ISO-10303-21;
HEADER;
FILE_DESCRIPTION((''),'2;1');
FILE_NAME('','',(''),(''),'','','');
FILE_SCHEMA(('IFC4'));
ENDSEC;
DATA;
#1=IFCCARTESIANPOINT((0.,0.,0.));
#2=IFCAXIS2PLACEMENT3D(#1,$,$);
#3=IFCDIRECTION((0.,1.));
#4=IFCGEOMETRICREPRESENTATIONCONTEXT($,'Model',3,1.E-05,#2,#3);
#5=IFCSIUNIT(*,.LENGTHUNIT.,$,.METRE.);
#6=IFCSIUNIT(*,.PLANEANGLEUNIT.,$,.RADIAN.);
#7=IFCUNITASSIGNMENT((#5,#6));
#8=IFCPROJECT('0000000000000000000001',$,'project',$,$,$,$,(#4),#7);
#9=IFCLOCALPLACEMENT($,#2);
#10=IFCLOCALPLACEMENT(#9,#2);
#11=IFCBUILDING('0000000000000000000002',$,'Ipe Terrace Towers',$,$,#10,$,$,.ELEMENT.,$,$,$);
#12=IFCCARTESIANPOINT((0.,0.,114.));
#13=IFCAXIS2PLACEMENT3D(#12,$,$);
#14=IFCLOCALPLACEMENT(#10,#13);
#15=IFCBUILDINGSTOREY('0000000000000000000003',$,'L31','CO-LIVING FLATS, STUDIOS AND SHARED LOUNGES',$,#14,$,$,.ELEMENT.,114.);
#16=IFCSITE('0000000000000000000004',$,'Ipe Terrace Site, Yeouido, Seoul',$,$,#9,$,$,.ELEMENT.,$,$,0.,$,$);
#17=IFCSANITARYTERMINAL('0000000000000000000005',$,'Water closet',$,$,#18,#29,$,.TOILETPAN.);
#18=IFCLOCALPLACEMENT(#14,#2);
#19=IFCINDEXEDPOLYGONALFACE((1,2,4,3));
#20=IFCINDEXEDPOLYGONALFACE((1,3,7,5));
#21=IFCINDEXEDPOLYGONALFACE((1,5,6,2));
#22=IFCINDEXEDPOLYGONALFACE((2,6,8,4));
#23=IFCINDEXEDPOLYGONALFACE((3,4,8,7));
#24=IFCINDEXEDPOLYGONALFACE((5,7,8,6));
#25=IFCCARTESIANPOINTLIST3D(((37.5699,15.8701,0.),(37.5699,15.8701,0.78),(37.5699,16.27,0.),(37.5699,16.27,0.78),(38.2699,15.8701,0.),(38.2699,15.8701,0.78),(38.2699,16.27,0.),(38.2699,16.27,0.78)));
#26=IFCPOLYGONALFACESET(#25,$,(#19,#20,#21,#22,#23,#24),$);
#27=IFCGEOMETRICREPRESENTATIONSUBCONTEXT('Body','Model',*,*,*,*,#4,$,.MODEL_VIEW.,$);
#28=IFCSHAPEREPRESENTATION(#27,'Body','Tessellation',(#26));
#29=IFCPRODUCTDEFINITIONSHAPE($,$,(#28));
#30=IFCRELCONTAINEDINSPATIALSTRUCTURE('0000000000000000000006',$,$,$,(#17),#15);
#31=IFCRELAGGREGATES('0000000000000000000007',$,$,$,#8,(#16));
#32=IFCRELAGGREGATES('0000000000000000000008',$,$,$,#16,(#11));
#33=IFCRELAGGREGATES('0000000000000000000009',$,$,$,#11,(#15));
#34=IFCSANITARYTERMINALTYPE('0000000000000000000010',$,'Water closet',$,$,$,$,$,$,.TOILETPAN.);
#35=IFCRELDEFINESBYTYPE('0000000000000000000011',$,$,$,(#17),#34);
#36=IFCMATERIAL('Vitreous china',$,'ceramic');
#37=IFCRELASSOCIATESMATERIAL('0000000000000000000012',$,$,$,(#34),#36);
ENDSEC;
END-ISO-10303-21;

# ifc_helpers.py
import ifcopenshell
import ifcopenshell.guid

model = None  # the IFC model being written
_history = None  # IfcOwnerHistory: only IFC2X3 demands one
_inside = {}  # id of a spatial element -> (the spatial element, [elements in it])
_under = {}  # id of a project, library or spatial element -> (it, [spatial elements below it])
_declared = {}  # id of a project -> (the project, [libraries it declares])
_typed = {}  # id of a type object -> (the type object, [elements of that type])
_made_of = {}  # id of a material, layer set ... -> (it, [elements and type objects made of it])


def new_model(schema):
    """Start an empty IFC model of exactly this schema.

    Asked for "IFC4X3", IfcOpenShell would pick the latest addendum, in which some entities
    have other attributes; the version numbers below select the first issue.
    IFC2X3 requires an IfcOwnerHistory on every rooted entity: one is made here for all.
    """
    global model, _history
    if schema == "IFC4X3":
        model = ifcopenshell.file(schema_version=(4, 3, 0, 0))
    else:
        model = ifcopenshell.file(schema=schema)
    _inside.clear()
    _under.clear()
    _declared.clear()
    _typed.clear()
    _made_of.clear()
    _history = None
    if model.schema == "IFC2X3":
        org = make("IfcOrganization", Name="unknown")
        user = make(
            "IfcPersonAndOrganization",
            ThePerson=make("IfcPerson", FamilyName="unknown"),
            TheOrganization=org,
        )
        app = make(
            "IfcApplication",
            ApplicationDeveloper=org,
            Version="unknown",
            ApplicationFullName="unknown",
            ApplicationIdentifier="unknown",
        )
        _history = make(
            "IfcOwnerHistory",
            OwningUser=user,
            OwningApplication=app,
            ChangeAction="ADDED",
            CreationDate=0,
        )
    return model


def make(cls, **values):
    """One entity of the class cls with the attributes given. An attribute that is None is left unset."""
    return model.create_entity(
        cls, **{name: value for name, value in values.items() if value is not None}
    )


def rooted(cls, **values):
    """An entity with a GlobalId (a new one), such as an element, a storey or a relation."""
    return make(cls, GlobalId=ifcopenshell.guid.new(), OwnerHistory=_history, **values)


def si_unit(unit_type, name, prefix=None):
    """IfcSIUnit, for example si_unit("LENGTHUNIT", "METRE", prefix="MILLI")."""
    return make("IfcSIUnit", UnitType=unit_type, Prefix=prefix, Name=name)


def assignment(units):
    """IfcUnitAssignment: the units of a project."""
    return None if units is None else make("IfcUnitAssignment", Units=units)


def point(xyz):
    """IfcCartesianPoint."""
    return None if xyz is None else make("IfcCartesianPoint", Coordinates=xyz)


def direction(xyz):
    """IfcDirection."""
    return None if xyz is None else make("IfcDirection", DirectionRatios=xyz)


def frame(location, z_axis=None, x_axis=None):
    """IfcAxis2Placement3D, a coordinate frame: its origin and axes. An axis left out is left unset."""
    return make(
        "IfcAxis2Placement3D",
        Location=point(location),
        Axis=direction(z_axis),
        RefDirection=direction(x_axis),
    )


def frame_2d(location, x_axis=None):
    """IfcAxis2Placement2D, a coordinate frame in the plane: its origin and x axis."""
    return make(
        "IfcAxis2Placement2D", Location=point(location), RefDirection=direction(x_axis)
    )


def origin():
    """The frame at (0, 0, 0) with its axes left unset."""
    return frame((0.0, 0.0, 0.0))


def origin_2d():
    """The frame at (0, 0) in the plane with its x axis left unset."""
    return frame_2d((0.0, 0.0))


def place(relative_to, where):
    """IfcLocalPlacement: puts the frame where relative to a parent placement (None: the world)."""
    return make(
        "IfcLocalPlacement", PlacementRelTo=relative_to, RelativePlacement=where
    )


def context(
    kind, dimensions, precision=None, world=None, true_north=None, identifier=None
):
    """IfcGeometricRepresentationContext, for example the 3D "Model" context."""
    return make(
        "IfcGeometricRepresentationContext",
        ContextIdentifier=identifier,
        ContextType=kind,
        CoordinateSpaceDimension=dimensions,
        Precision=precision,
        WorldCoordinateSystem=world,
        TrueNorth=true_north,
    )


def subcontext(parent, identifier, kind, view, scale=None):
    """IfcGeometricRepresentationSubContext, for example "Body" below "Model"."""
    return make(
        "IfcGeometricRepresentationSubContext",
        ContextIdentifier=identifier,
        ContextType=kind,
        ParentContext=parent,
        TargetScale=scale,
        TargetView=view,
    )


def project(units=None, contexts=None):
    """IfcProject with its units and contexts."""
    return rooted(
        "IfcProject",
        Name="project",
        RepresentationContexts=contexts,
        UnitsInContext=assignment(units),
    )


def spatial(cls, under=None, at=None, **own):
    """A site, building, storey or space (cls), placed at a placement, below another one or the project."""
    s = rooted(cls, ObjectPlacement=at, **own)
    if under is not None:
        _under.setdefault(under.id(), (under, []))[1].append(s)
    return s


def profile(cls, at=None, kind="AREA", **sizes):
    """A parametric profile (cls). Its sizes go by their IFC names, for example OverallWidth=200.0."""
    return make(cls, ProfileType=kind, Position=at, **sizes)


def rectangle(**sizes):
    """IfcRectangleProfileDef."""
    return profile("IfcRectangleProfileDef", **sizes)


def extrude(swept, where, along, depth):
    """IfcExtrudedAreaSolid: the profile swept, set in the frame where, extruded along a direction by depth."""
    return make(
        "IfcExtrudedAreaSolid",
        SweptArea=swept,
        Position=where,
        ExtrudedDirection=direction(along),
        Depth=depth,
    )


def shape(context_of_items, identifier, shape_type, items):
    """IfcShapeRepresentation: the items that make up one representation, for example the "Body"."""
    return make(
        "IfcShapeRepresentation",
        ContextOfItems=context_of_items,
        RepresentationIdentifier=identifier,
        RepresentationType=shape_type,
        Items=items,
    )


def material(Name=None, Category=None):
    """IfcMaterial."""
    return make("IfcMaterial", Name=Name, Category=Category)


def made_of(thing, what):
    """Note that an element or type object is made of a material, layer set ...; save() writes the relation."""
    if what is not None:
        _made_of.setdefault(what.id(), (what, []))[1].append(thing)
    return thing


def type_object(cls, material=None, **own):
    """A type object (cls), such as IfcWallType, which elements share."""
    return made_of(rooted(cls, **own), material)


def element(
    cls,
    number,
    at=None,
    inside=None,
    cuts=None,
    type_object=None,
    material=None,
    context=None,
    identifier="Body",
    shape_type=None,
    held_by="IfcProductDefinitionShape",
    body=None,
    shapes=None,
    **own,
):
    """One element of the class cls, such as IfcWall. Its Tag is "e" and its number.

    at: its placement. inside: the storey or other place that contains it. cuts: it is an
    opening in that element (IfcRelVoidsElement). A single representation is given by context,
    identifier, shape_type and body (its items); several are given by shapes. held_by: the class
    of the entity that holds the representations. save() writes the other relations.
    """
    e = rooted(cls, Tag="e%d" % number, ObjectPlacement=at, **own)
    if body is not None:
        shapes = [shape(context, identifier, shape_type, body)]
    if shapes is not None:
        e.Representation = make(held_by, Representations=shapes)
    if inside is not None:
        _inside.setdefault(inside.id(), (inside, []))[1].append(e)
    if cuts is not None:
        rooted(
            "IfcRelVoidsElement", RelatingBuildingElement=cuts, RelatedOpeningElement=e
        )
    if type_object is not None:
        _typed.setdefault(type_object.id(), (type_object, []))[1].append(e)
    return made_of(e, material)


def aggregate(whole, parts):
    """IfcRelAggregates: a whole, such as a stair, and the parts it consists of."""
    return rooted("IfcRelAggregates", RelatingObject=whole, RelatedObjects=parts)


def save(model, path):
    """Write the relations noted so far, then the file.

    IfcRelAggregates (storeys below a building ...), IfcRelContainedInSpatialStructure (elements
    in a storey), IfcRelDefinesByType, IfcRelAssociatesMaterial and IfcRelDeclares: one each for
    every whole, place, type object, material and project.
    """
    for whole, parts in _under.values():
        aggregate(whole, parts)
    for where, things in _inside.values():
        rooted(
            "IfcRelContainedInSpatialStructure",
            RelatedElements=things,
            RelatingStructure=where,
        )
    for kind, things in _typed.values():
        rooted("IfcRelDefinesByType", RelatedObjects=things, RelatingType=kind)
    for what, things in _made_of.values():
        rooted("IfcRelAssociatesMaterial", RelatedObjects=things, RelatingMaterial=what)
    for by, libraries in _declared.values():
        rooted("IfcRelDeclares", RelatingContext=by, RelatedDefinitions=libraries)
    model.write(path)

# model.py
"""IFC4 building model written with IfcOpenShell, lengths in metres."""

from ifc_helpers import new_model, si_unit, direction, frame, origin, origin_2d, place, context, subcontext, project, spatial, rectangle, extrude, material, type_object, element, save


model = new_model("IFC4")

# Units and contexts
model_context = context("Model", 3, precision=1e-05, world=origin(), true_north=direction((0.0, 1.0)))
body_context = subcontext(model_context, "Body", "Model", "MODEL_VIEW")
ifc_project = project(units=[si_unit("LENGTHUNIT", "METRE"), si_unit("PLANEANGLEUNIT", "RADIAN")], contexts=[model_context])

# Site, building, storey
site_placement = place(None, origin())
site = spatial("IfcSite", under=ifc_project, at=site_placement, Name="Ipe Terrace Site, Yeouido, Seoul", CompositionType="ELEMENT", RefElevation=0.0)
building_placement = place(site_placement, origin())
building = spatial("IfcBuilding", under=site, at=building_placement, Name="Ipe Terrace Towers", CompositionType="ELEMENT")
storey_placement = place(building_placement, frame((0.0, 0.0, 114.0)))
storey = spatial("IfcBuildingStorey", under=building, at=storey_placement, Name="L31", Description="CO-LIVING FLATS, STUDIOS AND SHARED LOUNGES", CompositionType="ELEMENT", Elevation=114.0)

# Sanitary terminal
ifc_material_1 = material(Name="Vitreous china", Category="ceramic")
sanitary_terminal_type_1 = type_object("IfcSanitaryTerminalType", Name="Water closet", PredefinedType="TOILETPAN", material=ifc_material_1)
sanitary_terminal_1_placement = place(storey_placement, frame((37.9199, 16.0701, 0.0), z_axis=(0.0, 0.0, 1.0), x_axis=(1.0, 0.0, 0.0)))
element("IfcSanitaryTerminal", 1, at=sanitary_terminal_1_placement, inside=storey, type_object=sanitary_terminal_type_1, Name="Water closet", PredefinedType="TOILETPAN", context=body_context, shape_type="SweptSolid", body=[
    extrude(rectangle(XDim=0.7, YDim=0.3999, at=origin_2d()), origin(), (0.0, 0.0, 1.0), 0.78),
])

save(model, "model.ifc")
